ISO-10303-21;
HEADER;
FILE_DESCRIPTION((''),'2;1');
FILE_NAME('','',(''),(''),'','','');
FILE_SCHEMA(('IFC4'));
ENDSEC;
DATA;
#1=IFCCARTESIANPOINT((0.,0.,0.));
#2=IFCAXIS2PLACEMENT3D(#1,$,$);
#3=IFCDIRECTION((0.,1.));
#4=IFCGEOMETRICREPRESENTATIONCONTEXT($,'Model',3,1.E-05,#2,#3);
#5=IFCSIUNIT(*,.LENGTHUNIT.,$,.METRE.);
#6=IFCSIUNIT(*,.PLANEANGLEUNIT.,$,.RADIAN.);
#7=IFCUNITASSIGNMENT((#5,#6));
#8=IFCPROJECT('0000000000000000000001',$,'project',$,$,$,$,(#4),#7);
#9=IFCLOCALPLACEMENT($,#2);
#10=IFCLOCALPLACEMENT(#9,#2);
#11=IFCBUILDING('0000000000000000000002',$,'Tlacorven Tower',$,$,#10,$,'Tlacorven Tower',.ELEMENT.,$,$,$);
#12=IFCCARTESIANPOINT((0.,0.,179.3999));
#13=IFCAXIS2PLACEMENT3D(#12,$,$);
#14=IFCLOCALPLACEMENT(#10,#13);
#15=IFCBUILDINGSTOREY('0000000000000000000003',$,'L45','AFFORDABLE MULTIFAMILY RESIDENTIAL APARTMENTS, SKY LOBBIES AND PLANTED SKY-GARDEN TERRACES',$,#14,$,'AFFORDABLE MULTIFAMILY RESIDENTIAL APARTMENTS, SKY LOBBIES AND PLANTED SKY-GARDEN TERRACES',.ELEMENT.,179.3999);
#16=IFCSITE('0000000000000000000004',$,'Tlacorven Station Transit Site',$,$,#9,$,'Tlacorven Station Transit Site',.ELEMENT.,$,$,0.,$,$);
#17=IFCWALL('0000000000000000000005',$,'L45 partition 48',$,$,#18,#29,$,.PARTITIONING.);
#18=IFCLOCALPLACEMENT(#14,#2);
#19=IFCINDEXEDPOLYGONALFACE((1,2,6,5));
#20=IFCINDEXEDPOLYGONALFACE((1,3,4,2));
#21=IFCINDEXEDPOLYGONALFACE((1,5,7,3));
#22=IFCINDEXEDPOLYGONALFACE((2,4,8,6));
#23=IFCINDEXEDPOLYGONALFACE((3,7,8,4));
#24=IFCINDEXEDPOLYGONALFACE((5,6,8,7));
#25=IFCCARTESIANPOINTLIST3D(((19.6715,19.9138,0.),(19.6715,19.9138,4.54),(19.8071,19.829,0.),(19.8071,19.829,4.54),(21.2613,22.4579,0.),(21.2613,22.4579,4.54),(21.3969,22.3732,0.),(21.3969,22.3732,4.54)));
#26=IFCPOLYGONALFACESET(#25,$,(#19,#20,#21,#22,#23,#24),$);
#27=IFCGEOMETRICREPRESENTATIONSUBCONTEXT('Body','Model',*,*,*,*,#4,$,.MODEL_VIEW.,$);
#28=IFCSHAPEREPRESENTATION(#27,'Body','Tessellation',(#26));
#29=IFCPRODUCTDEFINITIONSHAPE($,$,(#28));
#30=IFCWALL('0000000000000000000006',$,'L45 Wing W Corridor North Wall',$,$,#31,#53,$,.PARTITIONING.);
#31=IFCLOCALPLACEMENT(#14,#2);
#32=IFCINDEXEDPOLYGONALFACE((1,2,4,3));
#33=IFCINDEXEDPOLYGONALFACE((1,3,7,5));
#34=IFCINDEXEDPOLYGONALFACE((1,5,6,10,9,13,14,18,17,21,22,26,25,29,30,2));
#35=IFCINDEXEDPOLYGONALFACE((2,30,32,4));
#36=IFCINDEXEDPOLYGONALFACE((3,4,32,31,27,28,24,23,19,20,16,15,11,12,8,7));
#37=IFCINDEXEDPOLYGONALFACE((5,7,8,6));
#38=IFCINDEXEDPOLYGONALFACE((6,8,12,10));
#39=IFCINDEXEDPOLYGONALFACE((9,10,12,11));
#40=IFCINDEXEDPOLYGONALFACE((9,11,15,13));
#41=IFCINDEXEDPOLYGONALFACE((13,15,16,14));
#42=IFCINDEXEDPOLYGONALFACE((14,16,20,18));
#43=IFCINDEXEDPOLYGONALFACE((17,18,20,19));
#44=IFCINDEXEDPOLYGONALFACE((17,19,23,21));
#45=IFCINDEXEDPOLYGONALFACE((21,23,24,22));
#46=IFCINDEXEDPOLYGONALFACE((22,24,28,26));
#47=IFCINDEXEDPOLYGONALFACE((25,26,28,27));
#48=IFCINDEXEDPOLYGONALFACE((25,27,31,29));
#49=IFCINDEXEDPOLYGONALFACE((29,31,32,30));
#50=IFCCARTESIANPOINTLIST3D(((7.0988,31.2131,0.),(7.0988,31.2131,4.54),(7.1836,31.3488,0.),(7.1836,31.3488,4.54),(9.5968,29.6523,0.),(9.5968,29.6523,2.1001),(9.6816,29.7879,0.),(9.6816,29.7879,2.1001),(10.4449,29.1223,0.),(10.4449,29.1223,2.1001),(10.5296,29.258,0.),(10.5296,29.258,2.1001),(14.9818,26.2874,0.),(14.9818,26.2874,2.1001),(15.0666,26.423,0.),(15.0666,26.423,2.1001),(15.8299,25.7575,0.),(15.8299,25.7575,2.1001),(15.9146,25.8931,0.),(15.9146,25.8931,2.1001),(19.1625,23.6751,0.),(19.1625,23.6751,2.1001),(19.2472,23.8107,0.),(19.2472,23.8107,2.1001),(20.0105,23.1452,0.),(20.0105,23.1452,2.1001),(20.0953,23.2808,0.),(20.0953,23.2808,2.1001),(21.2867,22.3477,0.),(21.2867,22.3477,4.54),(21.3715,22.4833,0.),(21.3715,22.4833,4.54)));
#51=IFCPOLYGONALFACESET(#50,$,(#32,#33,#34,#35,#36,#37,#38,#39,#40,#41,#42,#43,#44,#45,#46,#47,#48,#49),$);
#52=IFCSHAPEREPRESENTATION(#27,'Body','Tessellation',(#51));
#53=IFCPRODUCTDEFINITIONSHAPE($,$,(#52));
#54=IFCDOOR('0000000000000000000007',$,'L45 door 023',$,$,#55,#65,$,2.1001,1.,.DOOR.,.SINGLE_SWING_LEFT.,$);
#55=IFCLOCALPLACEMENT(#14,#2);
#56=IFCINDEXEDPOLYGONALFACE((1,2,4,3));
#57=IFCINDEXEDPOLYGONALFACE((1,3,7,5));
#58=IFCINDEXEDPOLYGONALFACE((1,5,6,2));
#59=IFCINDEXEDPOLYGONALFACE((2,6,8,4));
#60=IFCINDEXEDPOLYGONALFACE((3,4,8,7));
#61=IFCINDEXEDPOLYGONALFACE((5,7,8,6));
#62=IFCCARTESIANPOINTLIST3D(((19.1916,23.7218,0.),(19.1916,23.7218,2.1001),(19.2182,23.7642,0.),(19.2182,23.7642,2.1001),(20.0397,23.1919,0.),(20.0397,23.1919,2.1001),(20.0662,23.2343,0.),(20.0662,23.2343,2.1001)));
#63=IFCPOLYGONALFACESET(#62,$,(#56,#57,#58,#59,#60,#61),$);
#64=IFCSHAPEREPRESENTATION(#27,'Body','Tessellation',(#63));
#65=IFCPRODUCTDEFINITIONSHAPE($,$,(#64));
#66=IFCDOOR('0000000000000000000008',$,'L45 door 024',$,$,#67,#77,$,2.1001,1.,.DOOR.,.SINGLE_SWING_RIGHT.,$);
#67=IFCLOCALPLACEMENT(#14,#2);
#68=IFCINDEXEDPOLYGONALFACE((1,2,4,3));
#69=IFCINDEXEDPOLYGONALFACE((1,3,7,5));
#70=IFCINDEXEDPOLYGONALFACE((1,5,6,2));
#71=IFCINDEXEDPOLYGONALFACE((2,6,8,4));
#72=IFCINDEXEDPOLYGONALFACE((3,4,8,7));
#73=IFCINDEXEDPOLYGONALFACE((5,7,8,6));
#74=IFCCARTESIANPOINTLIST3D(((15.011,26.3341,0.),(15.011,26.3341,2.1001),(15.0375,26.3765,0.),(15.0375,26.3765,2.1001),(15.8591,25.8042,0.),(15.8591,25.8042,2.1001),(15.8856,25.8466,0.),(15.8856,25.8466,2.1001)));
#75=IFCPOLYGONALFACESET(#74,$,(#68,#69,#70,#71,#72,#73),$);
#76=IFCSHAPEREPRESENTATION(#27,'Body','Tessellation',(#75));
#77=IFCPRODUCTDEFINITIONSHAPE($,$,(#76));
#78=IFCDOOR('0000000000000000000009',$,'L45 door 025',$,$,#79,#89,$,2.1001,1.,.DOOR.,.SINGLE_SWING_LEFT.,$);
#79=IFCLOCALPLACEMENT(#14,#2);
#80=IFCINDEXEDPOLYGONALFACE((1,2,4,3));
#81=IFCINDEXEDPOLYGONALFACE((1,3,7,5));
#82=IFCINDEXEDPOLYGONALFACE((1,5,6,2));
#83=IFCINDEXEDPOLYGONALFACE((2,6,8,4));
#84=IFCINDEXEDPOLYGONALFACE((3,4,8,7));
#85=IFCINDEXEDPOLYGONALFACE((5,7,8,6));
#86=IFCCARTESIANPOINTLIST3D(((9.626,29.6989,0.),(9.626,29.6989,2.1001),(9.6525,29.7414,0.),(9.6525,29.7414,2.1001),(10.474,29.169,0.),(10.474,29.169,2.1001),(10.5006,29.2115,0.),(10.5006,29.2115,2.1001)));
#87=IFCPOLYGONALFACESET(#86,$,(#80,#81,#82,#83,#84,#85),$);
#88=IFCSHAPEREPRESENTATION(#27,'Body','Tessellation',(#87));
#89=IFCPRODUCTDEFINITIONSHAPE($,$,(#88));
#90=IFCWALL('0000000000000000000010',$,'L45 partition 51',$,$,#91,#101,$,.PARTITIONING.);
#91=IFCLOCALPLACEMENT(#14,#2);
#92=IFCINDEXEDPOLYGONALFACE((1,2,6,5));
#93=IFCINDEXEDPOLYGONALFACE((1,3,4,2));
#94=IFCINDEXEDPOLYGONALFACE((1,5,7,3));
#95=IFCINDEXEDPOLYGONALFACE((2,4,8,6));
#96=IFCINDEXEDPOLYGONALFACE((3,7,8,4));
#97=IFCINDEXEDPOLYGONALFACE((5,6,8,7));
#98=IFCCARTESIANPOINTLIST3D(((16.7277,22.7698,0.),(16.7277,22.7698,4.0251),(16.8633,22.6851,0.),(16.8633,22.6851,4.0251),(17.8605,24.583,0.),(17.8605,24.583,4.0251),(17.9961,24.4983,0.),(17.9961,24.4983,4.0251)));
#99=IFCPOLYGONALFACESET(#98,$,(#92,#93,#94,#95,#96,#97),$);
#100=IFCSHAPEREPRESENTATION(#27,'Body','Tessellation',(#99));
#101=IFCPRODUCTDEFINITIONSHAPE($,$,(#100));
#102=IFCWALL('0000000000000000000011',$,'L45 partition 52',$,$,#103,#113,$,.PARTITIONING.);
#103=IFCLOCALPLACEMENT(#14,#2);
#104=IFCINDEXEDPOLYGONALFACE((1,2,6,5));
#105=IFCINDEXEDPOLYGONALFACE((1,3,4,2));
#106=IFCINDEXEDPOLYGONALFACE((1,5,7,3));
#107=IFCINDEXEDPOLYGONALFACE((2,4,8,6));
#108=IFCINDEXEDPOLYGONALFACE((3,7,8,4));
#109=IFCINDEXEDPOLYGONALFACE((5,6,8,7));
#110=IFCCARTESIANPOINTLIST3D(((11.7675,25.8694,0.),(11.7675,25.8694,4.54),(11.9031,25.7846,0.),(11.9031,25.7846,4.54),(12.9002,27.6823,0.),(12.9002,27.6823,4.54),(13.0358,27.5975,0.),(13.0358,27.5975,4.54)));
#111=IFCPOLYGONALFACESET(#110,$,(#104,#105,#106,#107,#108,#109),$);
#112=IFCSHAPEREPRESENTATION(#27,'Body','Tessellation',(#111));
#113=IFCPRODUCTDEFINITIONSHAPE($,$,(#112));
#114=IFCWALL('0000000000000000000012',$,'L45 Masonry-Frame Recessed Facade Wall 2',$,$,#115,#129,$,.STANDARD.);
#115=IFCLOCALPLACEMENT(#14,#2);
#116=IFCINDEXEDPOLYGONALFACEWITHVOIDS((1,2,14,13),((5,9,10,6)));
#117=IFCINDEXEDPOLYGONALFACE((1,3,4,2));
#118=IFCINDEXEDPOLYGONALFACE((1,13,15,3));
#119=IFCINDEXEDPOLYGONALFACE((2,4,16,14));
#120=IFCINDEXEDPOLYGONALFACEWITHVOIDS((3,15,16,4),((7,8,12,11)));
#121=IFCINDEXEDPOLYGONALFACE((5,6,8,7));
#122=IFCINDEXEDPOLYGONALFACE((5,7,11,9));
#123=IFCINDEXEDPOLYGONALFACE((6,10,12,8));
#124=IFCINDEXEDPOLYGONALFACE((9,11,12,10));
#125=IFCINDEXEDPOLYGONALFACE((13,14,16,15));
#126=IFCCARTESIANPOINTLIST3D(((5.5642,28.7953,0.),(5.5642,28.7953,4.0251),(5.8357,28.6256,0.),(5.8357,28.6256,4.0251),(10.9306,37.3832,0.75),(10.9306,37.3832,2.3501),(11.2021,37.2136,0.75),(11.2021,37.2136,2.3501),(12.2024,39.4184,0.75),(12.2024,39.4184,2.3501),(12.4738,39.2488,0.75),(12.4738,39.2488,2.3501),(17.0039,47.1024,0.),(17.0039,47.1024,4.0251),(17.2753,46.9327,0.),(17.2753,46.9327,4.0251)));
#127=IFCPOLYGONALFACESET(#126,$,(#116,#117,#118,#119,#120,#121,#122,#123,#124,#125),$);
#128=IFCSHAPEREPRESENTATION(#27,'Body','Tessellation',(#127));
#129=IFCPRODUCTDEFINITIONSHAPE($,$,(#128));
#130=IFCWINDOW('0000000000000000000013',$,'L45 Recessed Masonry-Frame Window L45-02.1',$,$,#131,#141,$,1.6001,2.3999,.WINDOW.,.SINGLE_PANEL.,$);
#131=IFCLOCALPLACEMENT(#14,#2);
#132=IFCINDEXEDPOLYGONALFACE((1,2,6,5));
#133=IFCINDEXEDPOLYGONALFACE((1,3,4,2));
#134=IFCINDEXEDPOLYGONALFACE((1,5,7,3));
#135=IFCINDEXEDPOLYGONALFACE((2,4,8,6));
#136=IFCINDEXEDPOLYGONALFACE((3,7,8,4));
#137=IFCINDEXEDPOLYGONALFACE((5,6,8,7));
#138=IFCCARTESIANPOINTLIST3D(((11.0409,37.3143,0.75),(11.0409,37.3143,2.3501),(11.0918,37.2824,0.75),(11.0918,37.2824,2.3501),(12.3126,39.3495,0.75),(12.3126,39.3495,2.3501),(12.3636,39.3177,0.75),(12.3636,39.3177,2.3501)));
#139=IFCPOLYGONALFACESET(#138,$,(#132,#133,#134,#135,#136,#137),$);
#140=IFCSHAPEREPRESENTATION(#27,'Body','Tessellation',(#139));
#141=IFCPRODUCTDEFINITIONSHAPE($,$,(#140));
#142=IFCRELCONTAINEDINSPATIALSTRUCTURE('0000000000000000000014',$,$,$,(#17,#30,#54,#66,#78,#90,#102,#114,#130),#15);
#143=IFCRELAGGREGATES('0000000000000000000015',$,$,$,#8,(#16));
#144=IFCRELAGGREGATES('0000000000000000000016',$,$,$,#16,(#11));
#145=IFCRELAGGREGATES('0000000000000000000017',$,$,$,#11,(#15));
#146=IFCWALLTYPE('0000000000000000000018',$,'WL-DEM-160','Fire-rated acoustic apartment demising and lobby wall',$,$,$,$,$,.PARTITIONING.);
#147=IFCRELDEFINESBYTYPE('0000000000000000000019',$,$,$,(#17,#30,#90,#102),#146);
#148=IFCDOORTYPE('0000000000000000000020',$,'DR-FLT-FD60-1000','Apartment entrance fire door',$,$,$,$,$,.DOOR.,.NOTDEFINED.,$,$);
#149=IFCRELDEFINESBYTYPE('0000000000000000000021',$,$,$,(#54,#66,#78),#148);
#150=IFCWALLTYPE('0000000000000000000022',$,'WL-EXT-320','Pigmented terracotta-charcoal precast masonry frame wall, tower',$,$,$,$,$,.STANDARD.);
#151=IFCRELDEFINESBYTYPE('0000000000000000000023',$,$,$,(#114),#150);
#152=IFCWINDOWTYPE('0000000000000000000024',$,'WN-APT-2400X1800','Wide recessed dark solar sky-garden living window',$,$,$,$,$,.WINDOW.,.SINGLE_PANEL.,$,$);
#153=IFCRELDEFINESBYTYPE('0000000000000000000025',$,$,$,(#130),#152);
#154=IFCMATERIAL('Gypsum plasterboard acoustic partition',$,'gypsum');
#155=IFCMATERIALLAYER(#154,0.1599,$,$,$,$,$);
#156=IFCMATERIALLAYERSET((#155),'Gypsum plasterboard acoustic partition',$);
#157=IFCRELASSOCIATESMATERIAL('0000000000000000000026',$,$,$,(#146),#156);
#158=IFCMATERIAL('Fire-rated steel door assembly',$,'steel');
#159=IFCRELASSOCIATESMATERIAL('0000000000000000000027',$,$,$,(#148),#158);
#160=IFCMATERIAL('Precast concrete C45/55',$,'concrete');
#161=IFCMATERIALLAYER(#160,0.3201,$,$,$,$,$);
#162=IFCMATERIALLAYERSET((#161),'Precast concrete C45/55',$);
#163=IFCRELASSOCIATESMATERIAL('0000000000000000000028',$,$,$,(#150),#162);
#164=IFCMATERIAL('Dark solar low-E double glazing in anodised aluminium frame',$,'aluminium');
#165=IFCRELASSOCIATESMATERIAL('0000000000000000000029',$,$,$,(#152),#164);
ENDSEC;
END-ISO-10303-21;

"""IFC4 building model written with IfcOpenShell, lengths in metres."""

from ifc_helpers import new_model, si_unit, direction, frame, frame_2d, origin, place, context, subcontext, project, spatial, rectangle, extrude, source, transform, mapped, material, layer, layer_set, type_object, element, fill, save


model = new_model("IFC4")

# Units and contexts
model_context = context("Model", 3, precision=1e-05, world=origin(), true_north=direction((0.0, 1.0)))
body_context = subcontext(model_context, "Body", "Model", "MODEL_VIEW")
ifc_project = project(units=[si_unit("LENGTHUNIT", "METRE"), si_unit("PLANEANGLEUNIT", "RADIAN")], contexts=[model_context])

# Site, building, storey
site_placement = place(None, origin())
site = spatial("IfcSite", under=ifc_project, at=site_placement, Name="Tlacorven Station Transit Site", LongName="Tlacorven Station Transit Site", CompositionType="ELEMENT", RefElevation=0.0)
building_placement = place(site_placement, origin())
building = spatial("IfcBuilding", under=site, at=building_placement, Name="Tlacorven Tower", LongName="Tlacorven Tower", CompositionType="ELEMENT")
storey_placement = place(building_placement, frame((0.0, 0.0, 179.3999)))
storey = spatial("IfcBuildingStorey", under=building, at=storey_placement, Name="L45", Description="AFFORDABLE MULTIFAMILY RESIDENTIAL APARTMENTS, SKY LOBBIES AND PLANTED SKY-GARDEN TERRACES", LongName="AFFORDABLE MULTIFAMILY RESIDENTIAL APARTMENTS, SKY LOBBIES AND PLANTED SKY-GARDEN TERRACES", CompositionType="ELEMENT", Elevation=179.3999)

# Wall
ifc_material_1 = material(Name="Gypsum plasterboard acoustic partition", Category="gypsum")
ifc_layer_1 = layer(ifc_material_1, 0.1599)
ifc_layer_set_1 = layer_set([ifc_layer_1], Name="Gypsum plasterboard acoustic partition")
wall_type_1 = type_object("IfcWallType", Name="WL-DEM-160", Description="Fire-rated acoustic apartment demising and lobby wall", PredefinedType="PARTITIONING", material=ifc_layer_set_1)
wall_1_placement = place(storey_placement, frame((21.3291, 22.4155, 0.0), z_axis=(0.0, 0.0, 1.0), x_axis=(-0.529933, -0.848039, 0.0)))
element("IfcWall", 1, at=wall_1_placement, inside=storey, type_object=wall_type_1, Name="L45 partition 48", PredefinedType="PARTITIONING", context=body_context, shape_type="SweptSolid", body=[
    extrude(rectangle(XDim=3.0, YDim=0.1599, at=frame_2d((1.5, 0.0))), origin(), (0.0, 0.0, 1.0), 4.54),
])

# Wall, openings, doors
wall_2_placement = place(storey_placement, frame((21.3291, 22.4155, 0.0), z_axis=(0.0, 0.0, 1.0), x_axis=(-0.848052, 0.529912, 0.0)))
wall_2 = element("IfcWall", 2, at=wall_2_placement, inside=storey, type_object=wall_type_1, Name="L45 Wing W Corridor North Wall", PredefinedType="PARTITIONING", context=body_context, shape_type="SweptSolid", body=[
    extrude(rectangle(XDim=16.73, YDim=0.1599, at=frame_2d((8.365, 0.0))), origin(), (0.0, 0.0, 1.0), 4.54),
])
opening_1_placement = place(wall_2_placement, frame((1.5049, 0.0, 0.0)))
opening_1 = element("IfcOpeningElement", 3, at=opening_1_placement, cuts=wall_2, PredefinedType="OPENING", context=body_context, shape_type="SweptSolid", body=[
    extrude(rectangle(XDim=1.0, YDim=2.1001, at=frame_2d((0.5, 1.05))), frame((0.0, 0.0898, 0.0), z_axis=(0.0, -1.0, 0.0), x_axis=(1.0, 0.0, 0.0)), (0.0, 0.0, 1.0), 0.1799),
])
opening_2_placement = place(wall_2_placement, frame((6.4346, 0.0, 0.0)))
opening_2 = element("IfcOpeningElement", 4, at=opening_2_placement, cuts=wall_2, PredefinedType="OPENING", context=body_context, shape_type="SweptSolid", body=[
    extrude(rectangle(XDim=1.0, YDim=2.1001, at=frame_2d((0.5, 1.05))), frame((0.0, 0.0898, 0.0), z_axis=(0.0, -1.0, 0.0), x_axis=(1.0, 0.0, 0.0)), (0.0, 0.0, 1.0), 0.1799),
])
opening_3_placement = place(wall_2_placement, frame((12.7844, 0.0, 0.0)))
opening_3 = element("IfcOpeningElement", 5, at=opening_3_placement, cuts=wall_2, PredefinedType="OPENING", context=body_context, shape_type="SweptSolid", body=[
    extrude(rectangle(XDim=1.0, YDim=2.1001, at=frame_2d((0.5, 1.05))), frame((0.0, 0.0898, 0.0), z_axis=(0.0, -1.0, 0.0), x_axis=(1.0, 0.0, 0.0)), (0.0, 0.0, 1.0), 0.1799),
])
ifc_material_2 = material(Name="Fire-rated steel door assembly", Category="steel")
door_type_1 = type_object("IfcDoorType", Name="DR-FLT-FD60-1000", Description="Apartment entrance fire door", OperationType="NOTDEFINED", PredefinedType="DOOR", material=ifc_material_2)
shared_shape_1 = source(origin(), body_context, "Body", "SweptSolid", [
    extrude(rectangle(XDim=1.0, YDim=2.1001, at=frame_2d((0.5, 1.05))), frame((0.0, 0.0249, 0.0), z_axis=(0.0, -1.0, 0.0), x_axis=(1.0, 0.0, 0.0)), (0.0, 0.0, 1.0), 0.05),
])
door_1_placement = place(opening_1_placement, origin())
door_1 = element("IfcDoor", 6, at=door_1_placement, inside=storey, type_object=door_type_1, Name="L45 door 023", OperationType="SINGLE_SWING_LEFT", OverallHeight=2.1001, OverallWidth=1.0, PredefinedType="DOOR", context=body_context, shape_type="MappedRepresentation", body=[
    mapped(shared_shape_1, transform((0.0, 0.0, 0.0), scale=1.0)),
])
fill(opening_1, door_1)
door_2_placement = place(opening_2_placement, origin())
door_2 = element("IfcDoor", 7, at=door_2_placement, inside=storey, type_object=door_type_1, Name="L45 door 024", OperationType="SINGLE_SWING_RIGHT", OverallHeight=2.1001, OverallWidth=1.0, PredefinedType="DOOR", context=body_context, shape_type="MappedRepresentation", body=[
    mapped(shared_shape_1, transform((0.0, 0.0, 0.0), scale=1.0)),
])
fill(opening_2, door_2)
door_3_placement = place(opening_3_placement, origin())
door_3 = element("IfcDoor", 8, at=door_3_placement, inside=storey, type_object=door_type_1, Name="L45 door 025", OperationType="SINGLE_SWING_LEFT", OverallHeight=2.1001, OverallWidth=1.0, PredefinedType="DOOR", context=body_context, shape_type="MappedRepresentation", body=[
    mapped(shared_shape_1, transform((0.0, 0.0, 0.0), scale=1.0)),
])
fill(opening_3, door_3)

# Walls
wall_3_placement = place(storey_placement, frame((17.9282, 24.5405, 0.0), z_axis=(0.0, 0.0, 1.0), x_axis=(-0.529845, -0.848095, 0.0)))
element("IfcWall", 9, at=wall_3_placement, inside=storey, type_object=wall_type_1, Name="L45 partition 51", PredefinedType="PARTITIONING", context=body_context, shape_type="SweptSolid", body=[
    extrude(rectangle(XDim=2.1379, YDim=0.1599, at=frame_2d((1.0688, 0.0))), origin(), (0.0, 0.0, 1.0), 4.0251),
])
wall_4_placement = place(storey_placement, frame((12.968, 27.6399, 0.0), z_axis=(0.0, 0.0, 1.0), x_axis=(-0.529896, -0.848062, 0.0)))
element("IfcWall", 10, at=wall_4_placement, inside=storey, type_object=wall_type_1, Name="L45 partition 52", PredefinedType="PARTITIONING", context=body_context, shape_type="SweptSolid", body=[
    extrude(rectangle(XDim=2.1377, YDim=0.1599, at=frame_2d((1.0688, 0.0))), origin(), (0.0, 0.0, 1.0), 4.54),
])

# Wall, opening, window
ifc_material_3 = material(Name="Precast concrete C45/55", Category="concrete")
ifc_layer_2 = layer(ifc_material_3, 0.3201)
ifc_layer_set_2 = layer_set([ifc_layer_2], Name="Precast concrete C45/55")
wall_type_2 = type_object("IfcWallType", Name="WL-EXT-320", Description="Pigmented terracotta-charcoal precast masonry frame wall, tower", PredefinedType="STANDARD", material=ifc_layer_set_2)
wall_5_placement = place(storey_placement, frame((5.7, 28.7104, 0.0), z_axis=(0.0, 0.0, 1.0), x_axis=(0.529924, 0.848045, 0.0)))
wall_5 = element("IfcWall", 11, at=wall_5_placement, inside=storey, type_object=wall_type_2, Name="L45 Masonry-Frame Recessed Facade Wall 2", PredefinedType="STANDARD", context=body_context, shape_type="SweptSolid", body=[
    extrude(rectangle(XDim=21.5874, YDim=0.3201, at=frame_2d((10.7937, 0.0))), origin(), (0.0, 0.0, 1.0), 4.0251),
])
opening_4_placement = place(wall_5_placement, frame((10.1267, 0.0, 0.75)))
opening_4 = element("IfcOpeningElement", 12, at=opening_4_placement, cuts=wall_5, PredefinedType="OPENING", context=body_context, shape_type="SweptSolid", body=[
    extrude(rectangle(XDim=2.3999, YDim=1.6001, at=frame_2d((1.2, 0.8))), frame((0.0, 0.1699, 0.0), z_axis=(0.0, -1.0, 0.0), x_axis=(1.0, 0.0, 0.0)), (0.0, 0.0, 1.0), 0.3401),
])
ifc_material_4 = material(Name="Dark solar low-E double glazing in anodised aluminium frame", Category="aluminium")
window_type = type_object("IfcWindowType", Name="WN-APT-2400X1800", Description="Wide recessed dark solar sky-garden living window", PartitioningType="SINGLE_PANEL", PredefinedType="WINDOW", material=ifc_material_4)
shared_shape_2 = source(origin(), body_context, "Body", "SweptSolid", [
    extrude(rectangle(XDim=2.3999, YDim=1.6001, at=frame_2d((1.2, 0.8))), frame((0.0, 0.03, 0.0), z_axis=(0.0, -1.0, 0.0), x_axis=(1.0, 0.0, 0.0)), (0.0, 0.0, 1.0), 0.0601),
])
window_placement = place(opening_4_placement, origin())
window = element("IfcWindow", 13, at=window_placement, inside=storey, type_object=window_type, Name="L45 Recessed Masonry-Frame Window L45-02.1", OverallHeight=1.6001, OverallWidth=2.3999, PartitioningType="SINGLE_PANEL", PredefinedType="WINDOW", context=body_context, shape_type="MappedRepresentation", body=[
    mapped(shared_shape_2, transform((0.0, 0.0, 0.0), scale=1.0)),
])
fill(opening_4, window)

save(model, "model.ifc")
